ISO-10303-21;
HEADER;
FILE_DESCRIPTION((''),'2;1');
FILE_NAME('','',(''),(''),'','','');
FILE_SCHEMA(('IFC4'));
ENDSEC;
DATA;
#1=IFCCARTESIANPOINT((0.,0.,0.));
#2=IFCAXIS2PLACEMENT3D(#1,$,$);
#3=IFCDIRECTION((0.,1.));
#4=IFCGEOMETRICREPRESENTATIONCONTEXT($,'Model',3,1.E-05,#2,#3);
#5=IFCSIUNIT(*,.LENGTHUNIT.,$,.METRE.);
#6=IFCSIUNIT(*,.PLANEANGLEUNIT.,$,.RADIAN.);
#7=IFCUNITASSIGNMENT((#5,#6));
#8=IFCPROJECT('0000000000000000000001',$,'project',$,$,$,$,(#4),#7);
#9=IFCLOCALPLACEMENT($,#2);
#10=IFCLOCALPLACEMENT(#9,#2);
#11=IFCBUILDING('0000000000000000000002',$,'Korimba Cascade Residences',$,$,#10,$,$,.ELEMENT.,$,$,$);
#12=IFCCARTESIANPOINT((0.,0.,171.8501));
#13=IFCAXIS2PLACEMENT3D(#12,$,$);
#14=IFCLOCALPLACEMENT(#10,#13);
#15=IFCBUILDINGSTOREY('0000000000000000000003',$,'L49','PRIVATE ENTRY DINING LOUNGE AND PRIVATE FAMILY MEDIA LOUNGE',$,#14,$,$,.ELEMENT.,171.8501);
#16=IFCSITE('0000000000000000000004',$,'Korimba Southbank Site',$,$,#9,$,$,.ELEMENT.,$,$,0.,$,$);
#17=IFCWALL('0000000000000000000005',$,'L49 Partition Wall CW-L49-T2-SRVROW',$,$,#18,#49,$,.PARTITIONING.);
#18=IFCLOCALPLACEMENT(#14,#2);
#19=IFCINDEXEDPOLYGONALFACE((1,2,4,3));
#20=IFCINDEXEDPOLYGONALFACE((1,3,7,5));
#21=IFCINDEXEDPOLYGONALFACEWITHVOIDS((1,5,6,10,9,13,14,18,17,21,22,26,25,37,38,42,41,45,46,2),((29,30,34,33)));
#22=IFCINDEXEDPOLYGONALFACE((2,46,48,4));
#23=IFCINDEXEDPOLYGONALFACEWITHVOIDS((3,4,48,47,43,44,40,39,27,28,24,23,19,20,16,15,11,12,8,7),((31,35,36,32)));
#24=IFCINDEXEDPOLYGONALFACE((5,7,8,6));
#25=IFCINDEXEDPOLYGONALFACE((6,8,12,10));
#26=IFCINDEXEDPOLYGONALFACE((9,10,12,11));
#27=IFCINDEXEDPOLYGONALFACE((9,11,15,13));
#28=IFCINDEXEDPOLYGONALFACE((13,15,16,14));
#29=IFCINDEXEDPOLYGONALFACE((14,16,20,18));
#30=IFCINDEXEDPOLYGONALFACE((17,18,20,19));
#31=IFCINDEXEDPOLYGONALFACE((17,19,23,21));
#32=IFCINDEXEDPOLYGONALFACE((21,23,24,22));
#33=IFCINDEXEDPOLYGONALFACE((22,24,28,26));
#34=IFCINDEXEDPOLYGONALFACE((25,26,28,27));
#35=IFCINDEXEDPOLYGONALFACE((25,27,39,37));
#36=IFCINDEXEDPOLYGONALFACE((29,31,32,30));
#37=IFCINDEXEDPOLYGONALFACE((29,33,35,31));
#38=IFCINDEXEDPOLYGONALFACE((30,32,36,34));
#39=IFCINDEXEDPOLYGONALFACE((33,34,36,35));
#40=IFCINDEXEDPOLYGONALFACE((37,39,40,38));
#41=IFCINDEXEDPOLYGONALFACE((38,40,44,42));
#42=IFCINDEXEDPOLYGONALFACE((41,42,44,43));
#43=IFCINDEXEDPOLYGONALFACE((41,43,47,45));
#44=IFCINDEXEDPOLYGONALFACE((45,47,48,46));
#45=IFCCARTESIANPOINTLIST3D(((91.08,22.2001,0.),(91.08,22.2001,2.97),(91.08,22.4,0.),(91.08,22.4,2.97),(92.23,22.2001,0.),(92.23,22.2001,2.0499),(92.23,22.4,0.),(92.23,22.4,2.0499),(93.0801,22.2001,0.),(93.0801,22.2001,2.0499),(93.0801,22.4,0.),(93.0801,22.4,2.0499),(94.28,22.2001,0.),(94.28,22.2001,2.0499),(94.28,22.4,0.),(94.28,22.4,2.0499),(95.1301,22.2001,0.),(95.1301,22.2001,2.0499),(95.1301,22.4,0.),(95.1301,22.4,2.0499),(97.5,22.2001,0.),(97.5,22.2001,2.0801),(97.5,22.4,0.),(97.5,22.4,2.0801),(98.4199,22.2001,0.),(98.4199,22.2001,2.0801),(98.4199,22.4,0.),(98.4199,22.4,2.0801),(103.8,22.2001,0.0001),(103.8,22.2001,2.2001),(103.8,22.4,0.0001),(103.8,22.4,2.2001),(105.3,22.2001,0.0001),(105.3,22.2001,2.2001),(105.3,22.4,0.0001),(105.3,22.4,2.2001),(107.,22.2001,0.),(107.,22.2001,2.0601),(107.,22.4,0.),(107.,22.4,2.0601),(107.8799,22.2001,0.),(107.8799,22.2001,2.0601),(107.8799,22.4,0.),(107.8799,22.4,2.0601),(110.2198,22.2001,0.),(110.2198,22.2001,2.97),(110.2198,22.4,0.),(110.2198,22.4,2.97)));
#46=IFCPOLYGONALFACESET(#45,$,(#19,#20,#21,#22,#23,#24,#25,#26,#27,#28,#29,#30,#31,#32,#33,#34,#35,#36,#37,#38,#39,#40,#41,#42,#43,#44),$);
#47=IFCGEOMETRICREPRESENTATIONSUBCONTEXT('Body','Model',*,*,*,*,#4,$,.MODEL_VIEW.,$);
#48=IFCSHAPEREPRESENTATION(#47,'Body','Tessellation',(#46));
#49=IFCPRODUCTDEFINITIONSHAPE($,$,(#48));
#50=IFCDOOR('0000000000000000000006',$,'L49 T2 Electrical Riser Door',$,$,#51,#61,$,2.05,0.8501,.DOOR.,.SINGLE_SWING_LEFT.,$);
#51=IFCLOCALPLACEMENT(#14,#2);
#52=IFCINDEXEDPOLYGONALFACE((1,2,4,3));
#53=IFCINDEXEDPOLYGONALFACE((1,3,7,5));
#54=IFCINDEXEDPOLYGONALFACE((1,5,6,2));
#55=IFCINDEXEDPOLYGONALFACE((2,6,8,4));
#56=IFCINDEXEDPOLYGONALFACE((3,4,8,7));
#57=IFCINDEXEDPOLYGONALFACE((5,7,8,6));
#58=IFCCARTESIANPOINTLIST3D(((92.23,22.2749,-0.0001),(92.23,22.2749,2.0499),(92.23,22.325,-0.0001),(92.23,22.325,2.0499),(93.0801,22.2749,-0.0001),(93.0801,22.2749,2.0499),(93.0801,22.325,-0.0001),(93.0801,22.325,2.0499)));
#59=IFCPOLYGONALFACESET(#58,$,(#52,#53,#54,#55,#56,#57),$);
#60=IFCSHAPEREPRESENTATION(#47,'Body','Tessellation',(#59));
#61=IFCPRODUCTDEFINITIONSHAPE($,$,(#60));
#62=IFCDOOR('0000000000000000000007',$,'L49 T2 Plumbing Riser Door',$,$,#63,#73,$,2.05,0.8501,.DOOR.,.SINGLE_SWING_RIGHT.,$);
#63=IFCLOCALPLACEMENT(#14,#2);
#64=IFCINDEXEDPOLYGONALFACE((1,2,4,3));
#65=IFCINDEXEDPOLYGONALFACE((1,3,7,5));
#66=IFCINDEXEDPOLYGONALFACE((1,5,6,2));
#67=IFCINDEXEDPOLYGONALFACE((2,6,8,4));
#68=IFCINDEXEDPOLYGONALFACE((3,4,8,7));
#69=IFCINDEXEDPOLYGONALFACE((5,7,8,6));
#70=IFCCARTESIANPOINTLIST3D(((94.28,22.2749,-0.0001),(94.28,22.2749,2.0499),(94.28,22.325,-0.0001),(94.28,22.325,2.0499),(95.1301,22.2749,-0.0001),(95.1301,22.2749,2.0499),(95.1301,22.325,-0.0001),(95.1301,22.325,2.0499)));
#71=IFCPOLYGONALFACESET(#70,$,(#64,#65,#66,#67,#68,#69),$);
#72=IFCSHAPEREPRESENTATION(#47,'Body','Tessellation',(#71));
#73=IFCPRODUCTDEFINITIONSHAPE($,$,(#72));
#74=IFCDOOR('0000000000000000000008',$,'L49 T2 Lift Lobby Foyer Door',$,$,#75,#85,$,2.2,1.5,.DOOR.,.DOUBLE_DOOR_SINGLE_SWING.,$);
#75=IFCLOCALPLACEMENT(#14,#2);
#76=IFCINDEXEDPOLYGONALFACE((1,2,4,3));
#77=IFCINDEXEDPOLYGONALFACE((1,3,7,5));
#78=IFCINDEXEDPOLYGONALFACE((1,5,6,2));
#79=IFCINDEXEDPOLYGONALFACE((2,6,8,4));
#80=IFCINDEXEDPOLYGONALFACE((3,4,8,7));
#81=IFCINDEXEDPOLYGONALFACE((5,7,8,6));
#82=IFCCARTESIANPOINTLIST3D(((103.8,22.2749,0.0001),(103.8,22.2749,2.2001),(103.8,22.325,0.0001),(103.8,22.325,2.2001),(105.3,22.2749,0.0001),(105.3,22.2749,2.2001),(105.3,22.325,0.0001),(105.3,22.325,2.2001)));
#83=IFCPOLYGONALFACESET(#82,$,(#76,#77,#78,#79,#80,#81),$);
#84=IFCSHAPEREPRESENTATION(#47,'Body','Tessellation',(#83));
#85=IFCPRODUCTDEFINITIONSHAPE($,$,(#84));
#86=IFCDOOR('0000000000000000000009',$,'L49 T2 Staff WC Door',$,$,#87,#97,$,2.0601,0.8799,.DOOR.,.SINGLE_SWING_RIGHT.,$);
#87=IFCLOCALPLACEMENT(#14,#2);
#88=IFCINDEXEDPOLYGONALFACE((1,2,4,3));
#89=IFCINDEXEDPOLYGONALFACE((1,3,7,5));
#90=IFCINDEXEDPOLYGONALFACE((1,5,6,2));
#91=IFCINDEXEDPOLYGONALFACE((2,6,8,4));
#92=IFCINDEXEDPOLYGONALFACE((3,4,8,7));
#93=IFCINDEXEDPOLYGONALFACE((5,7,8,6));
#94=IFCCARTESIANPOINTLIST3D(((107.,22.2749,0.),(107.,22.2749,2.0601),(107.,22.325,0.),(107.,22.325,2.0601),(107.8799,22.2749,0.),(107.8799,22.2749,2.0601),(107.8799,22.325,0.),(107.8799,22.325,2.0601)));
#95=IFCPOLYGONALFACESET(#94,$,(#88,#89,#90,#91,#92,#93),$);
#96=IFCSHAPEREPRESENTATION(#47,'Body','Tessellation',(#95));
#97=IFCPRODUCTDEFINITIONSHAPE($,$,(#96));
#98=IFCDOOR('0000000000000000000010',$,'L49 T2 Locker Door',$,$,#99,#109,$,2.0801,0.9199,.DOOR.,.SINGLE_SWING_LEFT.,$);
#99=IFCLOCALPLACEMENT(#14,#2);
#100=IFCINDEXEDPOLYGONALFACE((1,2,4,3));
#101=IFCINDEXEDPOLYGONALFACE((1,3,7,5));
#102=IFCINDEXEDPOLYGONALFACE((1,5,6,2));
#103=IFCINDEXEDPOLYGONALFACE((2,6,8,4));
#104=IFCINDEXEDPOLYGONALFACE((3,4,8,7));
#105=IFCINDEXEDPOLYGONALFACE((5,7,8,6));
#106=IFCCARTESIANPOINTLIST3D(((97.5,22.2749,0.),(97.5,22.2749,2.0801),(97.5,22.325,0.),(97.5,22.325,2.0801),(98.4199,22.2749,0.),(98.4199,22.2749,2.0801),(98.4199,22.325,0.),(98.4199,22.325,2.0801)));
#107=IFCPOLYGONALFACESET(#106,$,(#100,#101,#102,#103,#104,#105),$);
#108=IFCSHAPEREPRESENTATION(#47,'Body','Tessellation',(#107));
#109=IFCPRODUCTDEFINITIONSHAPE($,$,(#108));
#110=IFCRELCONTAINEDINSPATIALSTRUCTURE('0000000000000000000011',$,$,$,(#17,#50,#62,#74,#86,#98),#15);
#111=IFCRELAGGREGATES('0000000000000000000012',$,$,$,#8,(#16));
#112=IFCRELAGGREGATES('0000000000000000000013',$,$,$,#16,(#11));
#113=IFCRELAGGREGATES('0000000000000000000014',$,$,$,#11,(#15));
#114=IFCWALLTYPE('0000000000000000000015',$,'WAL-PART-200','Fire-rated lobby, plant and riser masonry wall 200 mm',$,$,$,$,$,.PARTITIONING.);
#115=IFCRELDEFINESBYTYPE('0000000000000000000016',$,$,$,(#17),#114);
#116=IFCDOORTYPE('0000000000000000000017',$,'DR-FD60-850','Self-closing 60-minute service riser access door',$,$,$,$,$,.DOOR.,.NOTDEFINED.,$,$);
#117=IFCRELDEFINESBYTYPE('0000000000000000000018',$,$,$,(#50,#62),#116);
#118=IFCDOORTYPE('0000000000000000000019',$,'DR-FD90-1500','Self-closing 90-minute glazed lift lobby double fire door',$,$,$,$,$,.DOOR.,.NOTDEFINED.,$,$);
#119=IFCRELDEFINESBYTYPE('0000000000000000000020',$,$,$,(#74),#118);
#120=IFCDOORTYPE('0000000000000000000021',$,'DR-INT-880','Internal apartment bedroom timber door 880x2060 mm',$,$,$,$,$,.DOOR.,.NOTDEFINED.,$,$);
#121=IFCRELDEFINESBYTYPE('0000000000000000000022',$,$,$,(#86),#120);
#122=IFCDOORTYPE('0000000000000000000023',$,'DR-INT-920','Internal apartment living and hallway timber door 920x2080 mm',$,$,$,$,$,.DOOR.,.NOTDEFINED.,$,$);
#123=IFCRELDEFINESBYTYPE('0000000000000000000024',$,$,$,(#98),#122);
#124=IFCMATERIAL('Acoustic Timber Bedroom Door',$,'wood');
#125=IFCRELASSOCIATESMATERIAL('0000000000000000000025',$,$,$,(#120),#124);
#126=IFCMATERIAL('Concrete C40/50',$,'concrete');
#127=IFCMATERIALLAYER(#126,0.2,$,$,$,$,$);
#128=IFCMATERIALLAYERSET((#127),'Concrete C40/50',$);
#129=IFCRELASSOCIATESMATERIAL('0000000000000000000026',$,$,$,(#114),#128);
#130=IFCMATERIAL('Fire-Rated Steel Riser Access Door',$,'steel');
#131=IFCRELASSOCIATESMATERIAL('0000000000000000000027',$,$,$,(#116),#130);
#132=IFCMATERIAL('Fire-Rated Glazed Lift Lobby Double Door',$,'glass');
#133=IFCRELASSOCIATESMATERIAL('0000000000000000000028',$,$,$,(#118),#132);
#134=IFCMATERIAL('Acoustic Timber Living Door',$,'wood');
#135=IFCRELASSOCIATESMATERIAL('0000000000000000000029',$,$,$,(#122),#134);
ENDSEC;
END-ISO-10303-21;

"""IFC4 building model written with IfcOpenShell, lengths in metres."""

from ifc_helpers import new_model, si_unit, direction, frame, frame_2d, origin, place, context, subcontext, project, spatial, rectangle, extrude, material, layer, layer_set, type_object, element, fill, save


model = new_model("IFC4")

# Units and contexts
model_context = context("Model", 3, precision=1e-05, world=origin(), true_north=direction((0.0, 1.0)))
body_context = subcontext(model_context, "Body", "Model", "MODEL_VIEW")
ifc_project = project(units=[si_unit("LENGTHUNIT", "METRE"), si_unit("PLANEANGLEUNIT", "RADIAN")], contexts=[model_context])

# Site, building, storey
site_placement = place(None, origin())
site = spatial("IfcSite", under=ifc_project, at=site_placement, Name="Korimba Southbank Site", CompositionType="ELEMENT", RefElevation=0.0)
building_placement = place(site_placement, origin())
building = spatial("IfcBuilding", under=site, at=building_placement, Name="Korimba Cascade Residences", CompositionType="ELEMENT")
storey_placement = place(building_placement, frame((0.0, 0.0, 171.8501)))
storey = spatial("IfcBuildingStorey", under=building, at=storey_placement, Name="L49", Description="PRIVATE ENTRY DINING LOUNGE AND PRIVATE FAMILY MEDIA LOUNGE", CompositionType="ELEMENT", Elevation=171.8501)

# Shared definitions
ifc_material_1 = material(Name="Acoustic Timber Bedroom Door", Category="wood")
door_type_1 = type_object("IfcDoorType", Name="DR-INT-880", Description="Internal apartment bedroom timber door 880x2060 mm", OperationType="NOTDEFINED", PredefinedType="DOOR", material=ifc_material_1)

# Shared definitions
ifc_material_2 = material(Name="Concrete C40/50", Category="concrete")
ifc_layer_1 = layer(ifc_material_2, 0.2)
ifc_layer_set_1 = layer_set([ifc_layer_1], Name="Concrete C40/50")
wall_type_1 = type_object("IfcWallType", Name="WAL-PART-200", Description="Fire-rated lobby, plant and riser masonry wall 200 mm", PredefinedType="PARTITIONING", material=ifc_layer_set_1)

# Wall, openings, doors
wall_1_placement = place(storey_placement, frame((91.0801, 22.3, 0.0), z_axis=(0.0, 0.0, 1.0), x_axis=(1.0, 0.0, 0.0)))
wall_1 = element("IfcWall", 1, at=wall_1_placement, inside=storey, type_object=wall_type_1, Name="L49 Partition Wall CW-L49-T2-SRVROW", PredefinedType="PARTITIONING", context=body_context, shape_type="SweptSolid", body=[
    extrude(rectangle(XDim=19.1399, YDim=0.2, at=frame_2d((9.5698, 0.0))), origin(), (0.0, 0.0, 1.0), 2.97),
])
opening_1_placement = place(wall_1_placement, frame((1.1499, 0.0, 0.0)))
opening_1 = element("IfcOpeningElement", 2, at=opening_1_placement, cuts=wall_1, PredefinedType="OPENING", context=body_context, shape_type="SweptSolid", body=[
    extrude(rectangle(XDim=0.8501, YDim=2.05, at=frame_2d((0.425, 1.0249))), frame((0.0, 0.1099, 0.0), z_axis=(0.0, -1.0, 0.0), x_axis=(1.0, 0.0, 0.0)), (0.0, 0.0, 1.0), 0.22),
])
opening_2_placement = place(wall_1_placement, frame((3.2, 0.0, 0.0)))
opening_2 = element("IfcOpeningElement", 3, at=opening_2_placement, cuts=wall_1, PredefinedType="OPENING", context=body_context, shape_type="SweptSolid", body=[
    extrude(rectangle(XDim=0.8501, YDim=2.05, at=frame_2d((0.425, 1.0249))), frame((0.0, 0.1099, 0.0), z_axis=(0.0, -1.0, 0.0), x_axis=(1.0, 0.0, 0.0)), (0.0, 0.0, 1.0), 0.22),
])
opening_3_placement = place(wall_1_placement, frame((12.72, 0.0, 0.0)))
opening_3 = element("IfcOpeningElement", 4, at=opening_3_placement, cuts=wall_1, PredefinedType="OPENING", context=body_context, shape_type="SweptSolid", body=[
    extrude(rectangle(XDim=1.5, YDim=2.2, at=frame_2d((0.75, 1.1001))), frame((0.0, 0.1099, 0.0), z_axis=(0.0, -1.0, 0.0), x_axis=(1.0, 0.0, 0.0)), (0.0, 0.0, 1.0), 0.22),
])
opening_4_placement = place(wall_1_placement, frame((6.4199, 0.0, 0.0)))
opening_4 = element("IfcOpeningElement", 5, at=opening_4_placement, cuts=wall_1, PredefinedType="OPENING", context=body_context, shape_type="SweptSolid", body=[
    extrude(rectangle(XDim=0.9199, YDim=2.0801, at=frame_2d((0.46, 1.04))), frame((0.0, 0.1099, 0.0), z_axis=(0.0, -1.0, 0.0), x_axis=(1.0, 0.0, 0.0)), (0.0, 0.0, 1.0), 0.22),
])
opening_5_placement = place(wall_1_placement, frame((15.9199, 0.0, 0.0)))
opening_5 = element("IfcOpeningElement", 6, at=opening_5_placement, cuts=wall_1, PredefinedType="OPENING", context=body_context, shape_type="SweptSolid", body=[
    extrude(rectangle(XDim=0.8799, YDim=2.0601, at=frame_2d((0.4399, 1.03))), frame((0.0, 0.1099, 0.0), z_axis=(0.0, -1.0, 0.0), x_axis=(1.0, 0.0, 0.0)), (0.0, 0.0, 1.0), 0.22),
])
ifc_material_3 = material(Name="Fire-Rated Steel Riser Access Door", Category="steel")
door_type_2 = type_object("IfcDoorType", Name="DR-FD60-850", Description="Self-closing 60-minute service riser access door", OperationType="NOTDEFINED", PredefinedType="DOOR", material=ifc_material_3)
door_1_placement = place(opening_1_placement, origin())
door_1 = element("IfcDoor", 7, at=door_1_placement, inside=storey, type_object=door_type_2, Name="L49 T2 Electrical Riser Door", OperationType="SINGLE_SWING_LEFT", OverallHeight=2.05, OverallWidth=0.8501, PredefinedType="DOOR", context=body_context, shape_type="SweptSolid", body=[
    extrude(rectangle(XDim=0.8501, YDim=2.05, at=frame_2d((0.425, 1.0249))), frame((0.0, 0.0249, 0.0), z_axis=(0.0, -1.0, 0.0), x_axis=(1.0, 0.0, 0.0)), (0.0, 0.0, 1.0), 0.05),
])
fill(opening_1, door_1)
door_2_placement = place(opening_2_placement, origin())
door_2 = element("IfcDoor", 8, at=door_2_placement, inside=storey, type_object=door_type_2, Name="L49 T2 Plumbing Riser Door", OperationType="SINGLE_SWING_RIGHT", OverallHeight=2.05, OverallWidth=0.8501, PredefinedType="DOOR", context=body_context, shape_type="SweptSolid", body=[
    extrude(rectangle(XDim=0.8501, YDim=2.05, at=frame_2d((0.425, 1.0249))), frame((0.0, 0.0249, 0.0), z_axis=(0.0, -1.0, 0.0), x_axis=(1.0, 0.0, 0.0)), (0.0, 0.0, 1.0), 0.05),
])
fill(opening_2, door_2)
ifc_material_4 = material(Name="Fire-Rated Glazed Lift Lobby Double Door", Category="glass")
door_type_3 = type_object("IfcDoorType", Name="DR-FD90-1500", Description="Self-closing 90-minute glazed lift lobby double fire door", OperationType="NOTDEFINED", PredefinedType="DOOR", material=ifc_material_4)
door_3_placement = place(opening_3_placement, origin())
door_3 = element("IfcDoor", 9, at=door_3_placement, inside=storey, type_object=door_type_3, Name="L49 T2 Lift Lobby Foyer Door", OperationType="DOUBLE_DOOR_SINGLE_SWING", OverallHeight=2.2, OverallWidth=1.5, PredefinedType="DOOR", context=body_context, shape_type="SweptSolid", body=[
    extrude(rectangle(XDim=1.5, YDim=2.2, at=frame_2d((0.75, 1.1001))), frame((0.0, 0.0249, 0.0), z_axis=(0.0, -1.0, 0.0), x_axis=(1.0, 0.0, 0.0)), (0.0, 0.0, 1.0), 0.05),
])
fill(opening_3, door_3)
door_4_placement = place(opening_5_placement, origin())
door_4 = element("IfcDoor", 10, at=door_4_placement, inside=storey, type_object=door_type_1, Name="L49 T2 Staff WC Door", OperationType="SINGLE_SWING_RIGHT", OverallHeight=2.0601, OverallWidth=0.8799, PredefinedType="DOOR", context=body_context, shape_type="SweptSolid", body=[
    extrude(rectangle(XDim=0.8799, YDim=2.0601, at=frame_2d((0.4399, 1.03))), frame((0.0, 0.0249, 0.0), z_axis=(0.0, -1.0, 0.0), x_axis=(1.0, 0.0, 0.0)), (0.0, 0.0, 1.0), 0.05),
])
fill(opening_5, door_4)
ifc_material_5 = material(Name="Acoustic Timber Living Door", Category="wood")
door_type_4 = type_object("IfcDoorType", Name="DR-INT-920", Description="Internal apartment living and hallway timber door 920x2080 mm", OperationType="NOTDEFINED", PredefinedType="DOOR", material=ifc_material_5)
door_5_placement = place(opening_4_placement, origin())
door_5 = element("IfcDoor", 11, at=door_5_placement, inside=storey, type_object=door_type_4, Name="L49 T2 Locker Door", OperationType="SINGLE_SWING_LEFT", OverallHeight=2.0801, OverallWidth=0.9199, PredefinedType="DOOR", context=body_context, shape_type="SweptSolid", body=[
    extrude(rectangle(XDim=0.9199, YDim=2.0801, at=frame_2d((0.46, 1.04))), frame((0.0, 0.0249, 0.0), z_axis=(0.0, -1.0, 0.0), x_axis=(1.0, 0.0, 0.0)), (0.0, 0.0, 1.0), 0.05),
])
fill(opening_4, door_5)

save(model, "model.ifc")
